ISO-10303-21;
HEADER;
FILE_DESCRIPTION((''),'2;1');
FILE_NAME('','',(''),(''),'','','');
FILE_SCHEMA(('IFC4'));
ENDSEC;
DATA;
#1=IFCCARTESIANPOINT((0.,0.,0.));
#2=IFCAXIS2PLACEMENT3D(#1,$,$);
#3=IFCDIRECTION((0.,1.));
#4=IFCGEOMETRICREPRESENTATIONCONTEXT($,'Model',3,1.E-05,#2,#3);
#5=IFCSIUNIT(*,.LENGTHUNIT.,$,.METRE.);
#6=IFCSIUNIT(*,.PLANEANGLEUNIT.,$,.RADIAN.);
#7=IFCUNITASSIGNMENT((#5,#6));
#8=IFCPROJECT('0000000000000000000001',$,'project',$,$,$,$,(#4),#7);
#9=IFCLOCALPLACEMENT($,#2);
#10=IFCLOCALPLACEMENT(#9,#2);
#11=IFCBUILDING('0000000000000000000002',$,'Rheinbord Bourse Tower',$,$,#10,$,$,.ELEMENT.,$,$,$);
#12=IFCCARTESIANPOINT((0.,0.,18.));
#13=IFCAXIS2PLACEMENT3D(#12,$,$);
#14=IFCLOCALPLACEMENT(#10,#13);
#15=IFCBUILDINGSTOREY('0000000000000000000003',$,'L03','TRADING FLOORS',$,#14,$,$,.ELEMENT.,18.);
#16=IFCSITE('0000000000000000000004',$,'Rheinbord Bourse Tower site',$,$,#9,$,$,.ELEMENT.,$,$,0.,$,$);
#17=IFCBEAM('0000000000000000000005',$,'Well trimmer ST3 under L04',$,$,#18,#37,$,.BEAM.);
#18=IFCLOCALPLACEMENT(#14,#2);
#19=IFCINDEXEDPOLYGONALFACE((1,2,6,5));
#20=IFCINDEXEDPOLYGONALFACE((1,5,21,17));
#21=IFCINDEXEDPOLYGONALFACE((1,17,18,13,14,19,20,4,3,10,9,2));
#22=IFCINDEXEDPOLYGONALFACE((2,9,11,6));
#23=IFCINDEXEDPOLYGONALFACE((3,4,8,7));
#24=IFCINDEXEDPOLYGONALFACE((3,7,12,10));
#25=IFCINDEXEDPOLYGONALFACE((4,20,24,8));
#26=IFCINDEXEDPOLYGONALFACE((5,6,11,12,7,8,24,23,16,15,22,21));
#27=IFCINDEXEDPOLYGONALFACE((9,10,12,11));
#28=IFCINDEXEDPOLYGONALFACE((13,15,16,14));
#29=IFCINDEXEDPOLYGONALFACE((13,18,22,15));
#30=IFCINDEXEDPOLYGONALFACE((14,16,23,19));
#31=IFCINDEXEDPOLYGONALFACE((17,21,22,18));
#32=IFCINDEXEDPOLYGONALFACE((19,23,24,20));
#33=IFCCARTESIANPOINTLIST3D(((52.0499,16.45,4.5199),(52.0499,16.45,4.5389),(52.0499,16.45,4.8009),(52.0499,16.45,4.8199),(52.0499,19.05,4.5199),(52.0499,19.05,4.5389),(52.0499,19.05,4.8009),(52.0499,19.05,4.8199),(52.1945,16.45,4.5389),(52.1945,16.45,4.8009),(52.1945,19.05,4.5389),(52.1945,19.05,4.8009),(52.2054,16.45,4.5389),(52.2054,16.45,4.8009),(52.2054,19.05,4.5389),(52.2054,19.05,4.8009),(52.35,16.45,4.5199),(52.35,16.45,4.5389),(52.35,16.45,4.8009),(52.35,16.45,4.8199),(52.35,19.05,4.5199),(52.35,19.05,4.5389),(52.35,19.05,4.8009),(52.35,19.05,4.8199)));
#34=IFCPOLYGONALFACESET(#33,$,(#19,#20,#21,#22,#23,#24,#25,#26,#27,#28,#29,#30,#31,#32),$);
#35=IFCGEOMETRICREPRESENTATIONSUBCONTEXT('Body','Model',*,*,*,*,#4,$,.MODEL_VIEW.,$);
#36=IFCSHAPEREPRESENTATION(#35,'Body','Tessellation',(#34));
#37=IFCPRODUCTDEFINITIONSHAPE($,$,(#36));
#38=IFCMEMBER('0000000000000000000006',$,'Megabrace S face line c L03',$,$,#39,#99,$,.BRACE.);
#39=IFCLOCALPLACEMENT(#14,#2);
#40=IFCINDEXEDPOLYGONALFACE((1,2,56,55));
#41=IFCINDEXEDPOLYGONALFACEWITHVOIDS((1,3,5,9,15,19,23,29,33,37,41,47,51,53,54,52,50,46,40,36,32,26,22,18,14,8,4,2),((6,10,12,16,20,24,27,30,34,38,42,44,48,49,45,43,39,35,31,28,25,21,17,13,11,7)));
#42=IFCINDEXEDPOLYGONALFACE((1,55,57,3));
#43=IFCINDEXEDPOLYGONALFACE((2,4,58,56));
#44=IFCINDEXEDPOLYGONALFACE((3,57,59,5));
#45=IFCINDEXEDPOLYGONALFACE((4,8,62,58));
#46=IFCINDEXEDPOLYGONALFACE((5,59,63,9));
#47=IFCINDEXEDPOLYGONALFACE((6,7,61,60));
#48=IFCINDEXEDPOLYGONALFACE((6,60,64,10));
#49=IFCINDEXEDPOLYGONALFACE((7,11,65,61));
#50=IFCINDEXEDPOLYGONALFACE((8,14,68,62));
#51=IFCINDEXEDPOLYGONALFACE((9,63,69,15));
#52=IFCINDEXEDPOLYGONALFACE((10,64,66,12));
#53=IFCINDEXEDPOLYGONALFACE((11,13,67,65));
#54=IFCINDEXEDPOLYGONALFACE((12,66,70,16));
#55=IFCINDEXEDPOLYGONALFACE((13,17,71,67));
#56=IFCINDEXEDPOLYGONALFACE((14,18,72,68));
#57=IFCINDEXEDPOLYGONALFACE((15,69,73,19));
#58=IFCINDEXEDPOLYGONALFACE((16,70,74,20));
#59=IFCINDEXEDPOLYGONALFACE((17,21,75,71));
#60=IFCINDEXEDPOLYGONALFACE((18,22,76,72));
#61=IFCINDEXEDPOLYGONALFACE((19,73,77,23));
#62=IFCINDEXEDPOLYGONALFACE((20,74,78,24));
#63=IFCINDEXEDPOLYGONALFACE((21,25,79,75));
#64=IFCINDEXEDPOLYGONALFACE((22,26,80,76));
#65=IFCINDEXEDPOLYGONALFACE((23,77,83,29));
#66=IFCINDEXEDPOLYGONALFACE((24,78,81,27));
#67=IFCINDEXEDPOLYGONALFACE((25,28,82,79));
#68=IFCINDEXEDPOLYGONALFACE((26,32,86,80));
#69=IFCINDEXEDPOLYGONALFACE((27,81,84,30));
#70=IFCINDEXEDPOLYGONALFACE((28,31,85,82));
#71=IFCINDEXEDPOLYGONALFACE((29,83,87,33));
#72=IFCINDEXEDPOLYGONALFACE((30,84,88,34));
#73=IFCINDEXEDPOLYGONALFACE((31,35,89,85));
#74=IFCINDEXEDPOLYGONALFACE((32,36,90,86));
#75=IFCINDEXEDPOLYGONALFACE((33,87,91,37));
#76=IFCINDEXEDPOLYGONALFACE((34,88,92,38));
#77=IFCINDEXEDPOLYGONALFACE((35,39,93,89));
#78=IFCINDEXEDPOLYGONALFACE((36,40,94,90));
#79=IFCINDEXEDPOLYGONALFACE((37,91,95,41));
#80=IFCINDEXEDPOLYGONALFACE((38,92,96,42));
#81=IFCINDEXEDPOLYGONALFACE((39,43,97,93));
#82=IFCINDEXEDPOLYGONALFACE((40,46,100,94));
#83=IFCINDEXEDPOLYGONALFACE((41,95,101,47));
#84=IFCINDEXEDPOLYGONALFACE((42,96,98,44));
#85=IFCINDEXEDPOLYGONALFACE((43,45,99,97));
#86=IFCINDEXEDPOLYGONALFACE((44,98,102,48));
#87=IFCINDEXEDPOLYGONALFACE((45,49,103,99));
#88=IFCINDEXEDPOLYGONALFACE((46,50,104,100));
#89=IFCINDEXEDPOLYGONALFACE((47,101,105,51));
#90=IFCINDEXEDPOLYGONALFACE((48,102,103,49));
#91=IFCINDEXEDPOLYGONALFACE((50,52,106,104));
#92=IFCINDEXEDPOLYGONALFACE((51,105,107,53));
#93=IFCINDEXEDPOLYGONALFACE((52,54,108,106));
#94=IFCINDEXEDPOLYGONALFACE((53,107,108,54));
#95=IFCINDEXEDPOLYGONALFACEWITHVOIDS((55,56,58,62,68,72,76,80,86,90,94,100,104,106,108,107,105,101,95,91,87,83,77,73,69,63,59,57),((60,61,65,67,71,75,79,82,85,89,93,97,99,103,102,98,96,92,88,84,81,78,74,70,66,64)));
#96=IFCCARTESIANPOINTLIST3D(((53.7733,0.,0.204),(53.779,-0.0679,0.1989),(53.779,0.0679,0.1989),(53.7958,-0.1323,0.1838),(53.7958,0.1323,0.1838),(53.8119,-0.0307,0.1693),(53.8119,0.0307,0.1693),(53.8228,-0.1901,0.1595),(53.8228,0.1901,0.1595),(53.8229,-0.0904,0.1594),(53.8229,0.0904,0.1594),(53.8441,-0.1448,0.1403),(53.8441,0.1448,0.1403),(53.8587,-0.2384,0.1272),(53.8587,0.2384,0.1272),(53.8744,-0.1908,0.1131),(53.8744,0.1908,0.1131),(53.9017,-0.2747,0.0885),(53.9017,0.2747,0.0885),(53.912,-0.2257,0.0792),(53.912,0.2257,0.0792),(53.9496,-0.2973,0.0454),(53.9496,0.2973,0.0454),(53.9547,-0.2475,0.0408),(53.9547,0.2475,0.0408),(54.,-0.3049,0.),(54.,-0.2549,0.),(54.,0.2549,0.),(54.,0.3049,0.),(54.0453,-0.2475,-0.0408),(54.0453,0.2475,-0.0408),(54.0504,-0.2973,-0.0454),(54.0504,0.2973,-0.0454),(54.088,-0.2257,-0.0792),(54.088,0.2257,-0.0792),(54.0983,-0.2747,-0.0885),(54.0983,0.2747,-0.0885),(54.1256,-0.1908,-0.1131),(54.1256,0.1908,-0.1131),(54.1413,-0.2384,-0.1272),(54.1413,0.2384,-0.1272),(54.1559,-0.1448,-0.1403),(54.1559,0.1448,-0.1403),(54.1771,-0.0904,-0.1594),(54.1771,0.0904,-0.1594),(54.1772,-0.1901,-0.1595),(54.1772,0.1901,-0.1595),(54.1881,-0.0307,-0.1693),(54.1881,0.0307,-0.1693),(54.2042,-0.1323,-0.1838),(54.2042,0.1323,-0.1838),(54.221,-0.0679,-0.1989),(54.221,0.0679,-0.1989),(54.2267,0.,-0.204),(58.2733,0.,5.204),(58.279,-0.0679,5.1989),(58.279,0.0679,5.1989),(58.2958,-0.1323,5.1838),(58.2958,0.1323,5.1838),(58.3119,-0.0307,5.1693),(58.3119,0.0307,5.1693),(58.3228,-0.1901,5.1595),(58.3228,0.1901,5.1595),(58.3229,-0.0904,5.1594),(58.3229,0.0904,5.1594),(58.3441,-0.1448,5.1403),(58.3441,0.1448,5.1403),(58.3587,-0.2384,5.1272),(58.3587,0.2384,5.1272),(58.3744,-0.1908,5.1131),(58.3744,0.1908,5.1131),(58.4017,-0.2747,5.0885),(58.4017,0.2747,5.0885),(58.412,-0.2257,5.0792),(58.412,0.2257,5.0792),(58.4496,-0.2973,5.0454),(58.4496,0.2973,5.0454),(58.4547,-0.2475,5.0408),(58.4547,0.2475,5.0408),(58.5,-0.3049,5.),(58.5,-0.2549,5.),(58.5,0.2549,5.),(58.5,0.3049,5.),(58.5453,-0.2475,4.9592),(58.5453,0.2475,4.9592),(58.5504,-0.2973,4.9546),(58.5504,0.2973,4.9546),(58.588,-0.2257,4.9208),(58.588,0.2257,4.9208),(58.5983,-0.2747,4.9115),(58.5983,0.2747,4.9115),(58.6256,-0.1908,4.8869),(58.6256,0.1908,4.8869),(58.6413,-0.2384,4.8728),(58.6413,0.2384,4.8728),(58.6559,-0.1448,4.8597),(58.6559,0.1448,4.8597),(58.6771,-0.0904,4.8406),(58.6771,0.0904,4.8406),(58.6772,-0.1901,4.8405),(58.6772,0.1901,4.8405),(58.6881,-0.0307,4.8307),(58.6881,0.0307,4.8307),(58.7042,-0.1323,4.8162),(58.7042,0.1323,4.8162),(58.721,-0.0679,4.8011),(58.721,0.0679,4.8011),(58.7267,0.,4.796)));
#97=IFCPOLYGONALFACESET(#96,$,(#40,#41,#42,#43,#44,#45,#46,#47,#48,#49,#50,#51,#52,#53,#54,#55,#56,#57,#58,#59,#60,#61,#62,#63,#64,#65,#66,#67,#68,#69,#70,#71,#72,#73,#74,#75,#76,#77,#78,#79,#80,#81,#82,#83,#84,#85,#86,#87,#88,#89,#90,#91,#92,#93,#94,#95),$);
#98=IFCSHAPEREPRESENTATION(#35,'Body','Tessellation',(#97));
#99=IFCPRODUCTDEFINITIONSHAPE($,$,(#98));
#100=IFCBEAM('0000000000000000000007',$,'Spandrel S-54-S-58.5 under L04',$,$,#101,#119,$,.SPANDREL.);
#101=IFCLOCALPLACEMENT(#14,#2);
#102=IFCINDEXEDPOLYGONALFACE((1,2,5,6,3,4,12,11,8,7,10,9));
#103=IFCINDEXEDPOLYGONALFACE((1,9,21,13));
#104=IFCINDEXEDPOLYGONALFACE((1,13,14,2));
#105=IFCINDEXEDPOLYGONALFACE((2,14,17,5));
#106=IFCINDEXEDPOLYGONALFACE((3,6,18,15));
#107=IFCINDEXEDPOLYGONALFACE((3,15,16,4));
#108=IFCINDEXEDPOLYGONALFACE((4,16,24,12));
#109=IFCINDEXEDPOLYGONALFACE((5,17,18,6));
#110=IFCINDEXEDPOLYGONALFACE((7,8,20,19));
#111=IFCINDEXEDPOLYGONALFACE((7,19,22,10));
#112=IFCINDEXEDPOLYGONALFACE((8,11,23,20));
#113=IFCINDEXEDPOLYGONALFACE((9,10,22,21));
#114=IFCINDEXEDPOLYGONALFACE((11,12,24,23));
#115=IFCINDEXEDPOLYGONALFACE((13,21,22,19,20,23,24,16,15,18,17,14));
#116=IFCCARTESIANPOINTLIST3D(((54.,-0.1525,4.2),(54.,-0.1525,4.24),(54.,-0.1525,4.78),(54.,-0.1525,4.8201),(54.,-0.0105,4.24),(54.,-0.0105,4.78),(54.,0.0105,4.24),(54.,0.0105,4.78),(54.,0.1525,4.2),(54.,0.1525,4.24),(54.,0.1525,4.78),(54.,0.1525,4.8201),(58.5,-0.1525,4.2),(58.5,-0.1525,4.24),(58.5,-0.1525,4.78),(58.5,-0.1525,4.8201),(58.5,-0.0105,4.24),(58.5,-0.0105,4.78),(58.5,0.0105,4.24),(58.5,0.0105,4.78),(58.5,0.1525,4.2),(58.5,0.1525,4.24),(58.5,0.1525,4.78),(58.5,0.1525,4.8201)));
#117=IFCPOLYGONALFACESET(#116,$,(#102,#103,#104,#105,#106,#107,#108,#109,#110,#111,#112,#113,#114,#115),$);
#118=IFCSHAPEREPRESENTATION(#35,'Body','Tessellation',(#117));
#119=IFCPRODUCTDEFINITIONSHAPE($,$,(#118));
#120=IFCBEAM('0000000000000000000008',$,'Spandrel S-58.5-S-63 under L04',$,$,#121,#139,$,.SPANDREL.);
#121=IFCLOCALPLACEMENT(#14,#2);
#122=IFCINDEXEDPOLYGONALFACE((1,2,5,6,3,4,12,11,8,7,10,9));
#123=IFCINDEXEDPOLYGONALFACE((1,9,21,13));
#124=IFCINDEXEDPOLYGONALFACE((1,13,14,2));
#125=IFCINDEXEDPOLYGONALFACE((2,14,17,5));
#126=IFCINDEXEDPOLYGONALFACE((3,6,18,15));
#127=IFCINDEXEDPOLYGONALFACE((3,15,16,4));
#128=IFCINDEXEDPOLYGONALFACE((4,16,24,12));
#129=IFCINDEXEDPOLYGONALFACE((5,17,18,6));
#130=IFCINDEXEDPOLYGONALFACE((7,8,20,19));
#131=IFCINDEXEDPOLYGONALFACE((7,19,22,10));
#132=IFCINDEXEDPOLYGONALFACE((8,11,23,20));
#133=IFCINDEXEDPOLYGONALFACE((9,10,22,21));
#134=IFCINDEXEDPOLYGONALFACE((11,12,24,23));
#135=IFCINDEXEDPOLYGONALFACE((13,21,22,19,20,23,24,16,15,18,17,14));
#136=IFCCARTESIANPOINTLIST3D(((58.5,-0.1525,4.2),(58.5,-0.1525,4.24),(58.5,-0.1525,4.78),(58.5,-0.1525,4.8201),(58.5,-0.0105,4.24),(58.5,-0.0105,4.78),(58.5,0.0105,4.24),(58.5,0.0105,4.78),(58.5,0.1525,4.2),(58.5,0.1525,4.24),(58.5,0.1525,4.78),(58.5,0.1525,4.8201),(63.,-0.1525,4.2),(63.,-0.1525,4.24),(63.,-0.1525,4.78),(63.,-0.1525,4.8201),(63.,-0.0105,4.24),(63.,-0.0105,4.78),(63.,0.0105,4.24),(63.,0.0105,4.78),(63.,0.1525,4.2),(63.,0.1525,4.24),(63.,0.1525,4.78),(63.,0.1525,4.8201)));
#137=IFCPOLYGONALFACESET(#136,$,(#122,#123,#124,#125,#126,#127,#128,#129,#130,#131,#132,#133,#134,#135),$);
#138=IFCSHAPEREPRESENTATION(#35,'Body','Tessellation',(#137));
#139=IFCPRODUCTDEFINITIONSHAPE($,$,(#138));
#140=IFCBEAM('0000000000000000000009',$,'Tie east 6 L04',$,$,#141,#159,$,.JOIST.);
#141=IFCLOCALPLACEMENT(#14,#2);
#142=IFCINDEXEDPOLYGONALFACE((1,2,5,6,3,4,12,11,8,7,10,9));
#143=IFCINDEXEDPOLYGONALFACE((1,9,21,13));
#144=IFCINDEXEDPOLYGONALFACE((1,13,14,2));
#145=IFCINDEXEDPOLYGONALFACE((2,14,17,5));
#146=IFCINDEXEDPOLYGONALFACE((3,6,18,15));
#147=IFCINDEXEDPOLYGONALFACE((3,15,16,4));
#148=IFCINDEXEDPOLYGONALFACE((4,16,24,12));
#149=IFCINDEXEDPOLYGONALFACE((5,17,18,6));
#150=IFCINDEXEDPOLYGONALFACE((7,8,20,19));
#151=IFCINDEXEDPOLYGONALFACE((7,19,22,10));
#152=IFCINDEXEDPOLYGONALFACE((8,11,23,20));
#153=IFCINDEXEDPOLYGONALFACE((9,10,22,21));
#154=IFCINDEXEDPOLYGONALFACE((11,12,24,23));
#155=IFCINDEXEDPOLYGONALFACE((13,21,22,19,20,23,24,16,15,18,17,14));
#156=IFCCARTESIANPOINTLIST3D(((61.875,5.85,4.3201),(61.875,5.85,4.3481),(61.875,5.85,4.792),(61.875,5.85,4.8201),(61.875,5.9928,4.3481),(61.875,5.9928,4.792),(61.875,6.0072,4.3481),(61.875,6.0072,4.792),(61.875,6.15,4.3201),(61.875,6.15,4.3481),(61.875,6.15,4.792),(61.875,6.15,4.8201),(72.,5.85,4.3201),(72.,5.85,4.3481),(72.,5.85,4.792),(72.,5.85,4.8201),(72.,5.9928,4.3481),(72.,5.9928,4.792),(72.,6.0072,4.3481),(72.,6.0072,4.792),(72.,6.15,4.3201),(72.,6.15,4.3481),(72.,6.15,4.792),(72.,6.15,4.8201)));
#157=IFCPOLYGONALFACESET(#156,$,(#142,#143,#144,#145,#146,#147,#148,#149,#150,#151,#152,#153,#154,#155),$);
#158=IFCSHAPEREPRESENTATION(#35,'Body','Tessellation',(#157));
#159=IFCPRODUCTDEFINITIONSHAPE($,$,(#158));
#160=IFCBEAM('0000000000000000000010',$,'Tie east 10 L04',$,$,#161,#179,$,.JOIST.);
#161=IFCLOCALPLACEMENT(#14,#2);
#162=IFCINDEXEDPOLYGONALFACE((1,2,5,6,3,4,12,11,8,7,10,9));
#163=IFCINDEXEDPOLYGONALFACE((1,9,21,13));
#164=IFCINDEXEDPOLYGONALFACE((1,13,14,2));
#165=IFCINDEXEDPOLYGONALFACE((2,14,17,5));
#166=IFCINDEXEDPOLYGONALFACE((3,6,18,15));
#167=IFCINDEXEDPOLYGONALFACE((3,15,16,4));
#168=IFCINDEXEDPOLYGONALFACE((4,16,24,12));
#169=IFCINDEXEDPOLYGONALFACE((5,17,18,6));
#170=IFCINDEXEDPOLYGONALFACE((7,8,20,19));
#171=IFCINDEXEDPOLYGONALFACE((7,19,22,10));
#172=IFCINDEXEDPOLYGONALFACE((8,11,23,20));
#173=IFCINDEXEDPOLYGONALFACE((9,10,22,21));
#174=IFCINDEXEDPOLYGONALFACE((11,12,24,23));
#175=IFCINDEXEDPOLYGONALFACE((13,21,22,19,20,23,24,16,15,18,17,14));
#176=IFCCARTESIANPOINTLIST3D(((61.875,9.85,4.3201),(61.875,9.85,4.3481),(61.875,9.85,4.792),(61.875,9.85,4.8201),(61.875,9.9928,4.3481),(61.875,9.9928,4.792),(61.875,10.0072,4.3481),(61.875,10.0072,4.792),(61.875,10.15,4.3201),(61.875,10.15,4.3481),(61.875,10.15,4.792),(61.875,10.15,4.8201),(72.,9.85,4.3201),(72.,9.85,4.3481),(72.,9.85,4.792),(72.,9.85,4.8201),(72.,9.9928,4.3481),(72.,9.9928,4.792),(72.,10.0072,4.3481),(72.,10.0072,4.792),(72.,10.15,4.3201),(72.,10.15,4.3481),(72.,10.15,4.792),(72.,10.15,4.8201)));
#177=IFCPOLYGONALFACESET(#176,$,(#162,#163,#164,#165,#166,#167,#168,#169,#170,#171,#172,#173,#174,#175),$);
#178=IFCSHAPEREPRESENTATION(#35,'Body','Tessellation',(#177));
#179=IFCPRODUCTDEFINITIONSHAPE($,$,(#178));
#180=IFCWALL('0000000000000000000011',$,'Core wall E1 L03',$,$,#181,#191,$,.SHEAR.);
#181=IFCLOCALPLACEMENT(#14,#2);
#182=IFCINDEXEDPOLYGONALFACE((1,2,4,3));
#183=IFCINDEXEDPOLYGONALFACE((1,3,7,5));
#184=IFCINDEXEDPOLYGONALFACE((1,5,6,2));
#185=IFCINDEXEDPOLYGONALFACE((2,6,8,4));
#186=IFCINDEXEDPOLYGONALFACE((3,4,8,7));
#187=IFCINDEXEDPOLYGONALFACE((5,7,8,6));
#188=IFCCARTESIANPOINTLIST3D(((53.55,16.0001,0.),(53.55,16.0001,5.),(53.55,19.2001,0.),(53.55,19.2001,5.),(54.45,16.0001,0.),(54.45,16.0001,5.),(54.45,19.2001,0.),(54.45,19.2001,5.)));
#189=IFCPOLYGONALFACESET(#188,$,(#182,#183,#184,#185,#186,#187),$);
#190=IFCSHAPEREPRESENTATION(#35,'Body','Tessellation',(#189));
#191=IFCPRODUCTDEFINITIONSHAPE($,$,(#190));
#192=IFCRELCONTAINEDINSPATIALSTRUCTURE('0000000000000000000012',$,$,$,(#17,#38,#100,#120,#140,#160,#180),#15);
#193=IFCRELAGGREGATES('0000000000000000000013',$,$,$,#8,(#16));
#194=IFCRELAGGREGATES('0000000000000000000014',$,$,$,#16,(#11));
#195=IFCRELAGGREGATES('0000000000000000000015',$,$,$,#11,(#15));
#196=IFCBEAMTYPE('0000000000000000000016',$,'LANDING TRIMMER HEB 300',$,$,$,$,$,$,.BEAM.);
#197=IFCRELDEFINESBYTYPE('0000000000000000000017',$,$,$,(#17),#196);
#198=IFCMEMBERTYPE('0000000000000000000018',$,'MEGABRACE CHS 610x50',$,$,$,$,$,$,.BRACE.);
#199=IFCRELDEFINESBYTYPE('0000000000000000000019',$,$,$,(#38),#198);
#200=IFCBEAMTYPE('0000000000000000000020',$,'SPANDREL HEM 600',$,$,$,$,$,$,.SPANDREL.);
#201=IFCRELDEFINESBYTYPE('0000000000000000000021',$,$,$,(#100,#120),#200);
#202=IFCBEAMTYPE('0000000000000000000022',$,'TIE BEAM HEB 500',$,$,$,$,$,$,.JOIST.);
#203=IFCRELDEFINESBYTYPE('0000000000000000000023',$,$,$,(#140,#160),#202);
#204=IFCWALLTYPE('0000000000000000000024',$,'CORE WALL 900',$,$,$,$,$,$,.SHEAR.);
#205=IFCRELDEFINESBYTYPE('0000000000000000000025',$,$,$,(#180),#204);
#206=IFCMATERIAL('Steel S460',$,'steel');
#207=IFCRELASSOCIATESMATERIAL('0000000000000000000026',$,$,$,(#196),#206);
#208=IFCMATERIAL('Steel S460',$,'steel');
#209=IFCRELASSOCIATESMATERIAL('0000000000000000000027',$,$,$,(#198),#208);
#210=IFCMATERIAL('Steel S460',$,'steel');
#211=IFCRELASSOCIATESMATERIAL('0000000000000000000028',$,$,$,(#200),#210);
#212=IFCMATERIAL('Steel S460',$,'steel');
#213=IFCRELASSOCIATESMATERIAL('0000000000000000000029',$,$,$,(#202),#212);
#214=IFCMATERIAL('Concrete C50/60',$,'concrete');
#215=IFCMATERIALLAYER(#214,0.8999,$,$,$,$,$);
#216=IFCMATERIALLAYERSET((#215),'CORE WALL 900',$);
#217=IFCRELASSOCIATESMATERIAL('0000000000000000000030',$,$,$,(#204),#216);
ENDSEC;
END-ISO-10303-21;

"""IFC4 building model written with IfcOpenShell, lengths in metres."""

from ifc_helpers import new_model, si_unit, direction, frame, frame_2d, origin, origin_2d, place, context, subcontext, project, spatial, rectangle, hollow_circle, i_section, extrude, material, layer, layer_set, material_profile, profile_set, type_object, element, save


model = new_model("IFC4")

# Units and contexts
model_context = context("Model", 3, precision=1e-05, world=origin(), true_north=direction((0.0, 1.0)))
body_context = subcontext(model_context, "Body", "Model", "MODEL_VIEW")
ifc_project = project(units=[si_unit("LENGTHUNIT", "METRE"), si_unit("PLANEANGLEUNIT", "RADIAN")], contexts=[model_context])

# Site, building, storey
site_placement = place(None, origin())
site = spatial("IfcSite", under=ifc_project, at=site_placement, Name="Rheinbord Bourse Tower site", CompositionType="ELEMENT", RefElevation=0.0)
building_placement = place(site_placement, origin())
building = spatial("IfcBuilding", under=site, at=building_placement, Name="Rheinbord Bourse Tower", CompositionType="ELEMENT")
storey_placement = place(building_placement, frame((0.0, 0.0, 18.0)))
storey = spatial("IfcBuildingStorey", under=building, at=storey_placement, Name="L03", Description="TRADING FLOORS", CompositionType="ELEMENT", Elevation=18.0)

# Beam
ifc_material_1 = material(Name="Steel S460", Category="steel")
ifc_material_profile_1 = material_profile(ifc_material_1, i_section(OverallWidth=0.3, OverallDepth=0.3, WebThickness=0.011, FlangeThickness=0.019, at=origin_2d()), Name="HEB 300")
ifc_profile_set_1 = profile_set([ifc_material_profile_1], Name="Steel S460")
beam_type_1 = type_object("IfcBeamType", Name="LANDING TRIMMER HEB 300", PredefinedType="BEAM", material=ifc_profile_set_1)
beam_1_placement = place(storey_placement, frame((52.2, 16.45, 4.6699), z_axis=(0.0, 1.0, 0.0), x_axis=(-1.0, 0.0, 0.0)))
element("IfcBeam", 1, at=beam_1_placement, inside=storey, type_object=beam_type_1, Name="Well trimmer ST3 under L04", PredefinedType="BEAM", context=body_context, shape_type="SweptSolid", body=[
    extrude(i_section(OverallWidth=0.3, OverallDepth=0.3, WebThickness=0.011, FlangeThickness=0.019, at=origin_2d()), origin(), (0.0, 0.0, 1.0), 2.6001),
])

# Member
ifc_material_2 = material(Name="Steel S460", Category="steel")
ifc_material_profile_2 = material_profile(ifc_material_2, hollow_circle(Radius=0.3049, WallThickness=0.05, at=origin_2d()), Name="CHS 610x50")
ifc_profile_set_2 = profile_set([ifc_material_profile_2], Name="Steel S460")
member_type = type_object("IfcMemberType", Name="MEGABRACE CHS 610x50", PredefinedType="BRACE", material=ifc_profile_set_2)
member_placement = place(storey_placement, frame((54.0, 0.0, 0.0), z_axis=(0.668965, 0.0, 0.743294), x_axis=(0.0, 1.0, 0.0)))
element("IfcMember", 2, at=member_placement, inside=storey, type_object=member_type, Name="Megabrace S face line c L03", PredefinedType="BRACE", context=body_context, shape_type="SweptSolid", body=[
    extrude(hollow_circle(Radius=0.3049, WallThickness=0.05, at=origin_2d()), origin(), (0.0, 0.0, 1.0), 6.7268),
])

# Beams
ifc_material_3 = material(Name="Steel S460", Category="steel")
ifc_material_profile_3 = material_profile(ifc_material_3, i_section(OverallWidth=0.3049, OverallDepth=0.6201, WebThickness=0.021, FlangeThickness=0.04, at=origin_2d()), Name="HEM 600")
ifc_profile_set_3 = profile_set([ifc_material_profile_3], Name="Steel S460")
beam_type_2 = type_object("IfcBeamType", Name="SPANDREL HEM 600", PredefinedType="SPANDREL", material=ifc_profile_set_3)
for number, where, z_axis, x_axis, name in (
    (3, (54.0, 0.0, 4.51), (1.0, 0.0, 0.0), (0.0, 1.0, 0.0), "Spandrel S-54-S-58.5 under L04"),
    (4, (58.5, 0.0, 4.51), (1.0, 0.0, 0.0), (0.0, 1.0, 0.0), "Spandrel S-58.5-S-63 under L04"),
):
    element("IfcBeam", number, at=place(storey_placement, frame(where, z_axis=z_axis, x_axis=x_axis)), inside=storey, type_object=beam_type_2, Name=name, PredefinedType="SPANDREL", context=body_context, shape_type="SweptSolid", body=[
        extrude(i_section(OverallWidth=0.3049, OverallDepth=0.6201, WebThickness=0.021, FlangeThickness=0.04, at=origin_2d()), origin(), (0.0, 0.0, 1.0), 4.5),
    ])
ifc_material_4 = material(Name="Steel S460", Category="steel")
ifc_material_profile_4 = material_profile(ifc_material_4, i_section(OverallWidth=0.3, OverallDepth=0.5, WebThickness=0.0144, FlangeThickness=0.0281, at=origin_2d()), Name="HEB 500")
ifc_profile_set_4 = profile_set([ifc_material_profile_4], Name="Steel S460")
beam_type_3 = type_object("IfcBeamType", Name="TIE BEAM HEB 500", PredefinedType="JOIST", material=ifc_profile_set_4)
for number, where, z_axis, x_axis, name in (
    (5, (61.875, 6.0, 4.5701), (1.0, 0.0, 0.0), (0.0, 1.0, 0.0), "Tie east 6 L04"),
    (6, (61.875, 10.0, 4.5701), (1.0, 0.0, 0.0), (0.0, 1.0, 0.0), "Tie east 10 L04"),
):
    element("IfcBeam", number, at=place(storey_placement, frame(where, z_axis=z_axis, x_axis=x_axis)), inside=storey, type_object=beam_type_3, Name=name, PredefinedType="JOIST", context=body_context, shape_type="SweptSolid", body=[
        extrude(i_section(OverallWidth=0.3, OverallDepth=0.5, WebThickness=0.0144, FlangeThickness=0.0281, at=origin_2d()), origin(), (0.0, 0.0, 1.0), 10.125),
    ])

# Wall
ifc_material_5 = material(Name="Concrete C50/60", Category="concrete")
ifc_layer_1 = layer(ifc_material_5, 0.8999)
ifc_layer_set_1 = layer_set([ifc_layer_1], Name="CORE WALL 900")
wall_type_1 = type_object("IfcWallType", Name="CORE WALL 900", PredefinedType="SHEAR", material=ifc_layer_set_1)
wall_1_placement = place(storey_placement, frame((54.0, 16.0, 0.0), z_axis=(0.0, 0.0, 1.0), x_axis=(0.0, 1.0, 0.0)))
element("IfcWall", 7, at=wall_1_placement, inside=storey, type_object=wall_type_1, Name="Core wall E1 L03", PredefinedType="SHEAR", context=body_context, shape_type="SweptSolid", body=[
    extrude(rectangle(XDim=3.2, YDim=0.8999, at=frame_2d((1.6001, 0.0))), origin(), (0.0, 0.0, 1.0), 5.0),
])

save(model, "model.ifc")
